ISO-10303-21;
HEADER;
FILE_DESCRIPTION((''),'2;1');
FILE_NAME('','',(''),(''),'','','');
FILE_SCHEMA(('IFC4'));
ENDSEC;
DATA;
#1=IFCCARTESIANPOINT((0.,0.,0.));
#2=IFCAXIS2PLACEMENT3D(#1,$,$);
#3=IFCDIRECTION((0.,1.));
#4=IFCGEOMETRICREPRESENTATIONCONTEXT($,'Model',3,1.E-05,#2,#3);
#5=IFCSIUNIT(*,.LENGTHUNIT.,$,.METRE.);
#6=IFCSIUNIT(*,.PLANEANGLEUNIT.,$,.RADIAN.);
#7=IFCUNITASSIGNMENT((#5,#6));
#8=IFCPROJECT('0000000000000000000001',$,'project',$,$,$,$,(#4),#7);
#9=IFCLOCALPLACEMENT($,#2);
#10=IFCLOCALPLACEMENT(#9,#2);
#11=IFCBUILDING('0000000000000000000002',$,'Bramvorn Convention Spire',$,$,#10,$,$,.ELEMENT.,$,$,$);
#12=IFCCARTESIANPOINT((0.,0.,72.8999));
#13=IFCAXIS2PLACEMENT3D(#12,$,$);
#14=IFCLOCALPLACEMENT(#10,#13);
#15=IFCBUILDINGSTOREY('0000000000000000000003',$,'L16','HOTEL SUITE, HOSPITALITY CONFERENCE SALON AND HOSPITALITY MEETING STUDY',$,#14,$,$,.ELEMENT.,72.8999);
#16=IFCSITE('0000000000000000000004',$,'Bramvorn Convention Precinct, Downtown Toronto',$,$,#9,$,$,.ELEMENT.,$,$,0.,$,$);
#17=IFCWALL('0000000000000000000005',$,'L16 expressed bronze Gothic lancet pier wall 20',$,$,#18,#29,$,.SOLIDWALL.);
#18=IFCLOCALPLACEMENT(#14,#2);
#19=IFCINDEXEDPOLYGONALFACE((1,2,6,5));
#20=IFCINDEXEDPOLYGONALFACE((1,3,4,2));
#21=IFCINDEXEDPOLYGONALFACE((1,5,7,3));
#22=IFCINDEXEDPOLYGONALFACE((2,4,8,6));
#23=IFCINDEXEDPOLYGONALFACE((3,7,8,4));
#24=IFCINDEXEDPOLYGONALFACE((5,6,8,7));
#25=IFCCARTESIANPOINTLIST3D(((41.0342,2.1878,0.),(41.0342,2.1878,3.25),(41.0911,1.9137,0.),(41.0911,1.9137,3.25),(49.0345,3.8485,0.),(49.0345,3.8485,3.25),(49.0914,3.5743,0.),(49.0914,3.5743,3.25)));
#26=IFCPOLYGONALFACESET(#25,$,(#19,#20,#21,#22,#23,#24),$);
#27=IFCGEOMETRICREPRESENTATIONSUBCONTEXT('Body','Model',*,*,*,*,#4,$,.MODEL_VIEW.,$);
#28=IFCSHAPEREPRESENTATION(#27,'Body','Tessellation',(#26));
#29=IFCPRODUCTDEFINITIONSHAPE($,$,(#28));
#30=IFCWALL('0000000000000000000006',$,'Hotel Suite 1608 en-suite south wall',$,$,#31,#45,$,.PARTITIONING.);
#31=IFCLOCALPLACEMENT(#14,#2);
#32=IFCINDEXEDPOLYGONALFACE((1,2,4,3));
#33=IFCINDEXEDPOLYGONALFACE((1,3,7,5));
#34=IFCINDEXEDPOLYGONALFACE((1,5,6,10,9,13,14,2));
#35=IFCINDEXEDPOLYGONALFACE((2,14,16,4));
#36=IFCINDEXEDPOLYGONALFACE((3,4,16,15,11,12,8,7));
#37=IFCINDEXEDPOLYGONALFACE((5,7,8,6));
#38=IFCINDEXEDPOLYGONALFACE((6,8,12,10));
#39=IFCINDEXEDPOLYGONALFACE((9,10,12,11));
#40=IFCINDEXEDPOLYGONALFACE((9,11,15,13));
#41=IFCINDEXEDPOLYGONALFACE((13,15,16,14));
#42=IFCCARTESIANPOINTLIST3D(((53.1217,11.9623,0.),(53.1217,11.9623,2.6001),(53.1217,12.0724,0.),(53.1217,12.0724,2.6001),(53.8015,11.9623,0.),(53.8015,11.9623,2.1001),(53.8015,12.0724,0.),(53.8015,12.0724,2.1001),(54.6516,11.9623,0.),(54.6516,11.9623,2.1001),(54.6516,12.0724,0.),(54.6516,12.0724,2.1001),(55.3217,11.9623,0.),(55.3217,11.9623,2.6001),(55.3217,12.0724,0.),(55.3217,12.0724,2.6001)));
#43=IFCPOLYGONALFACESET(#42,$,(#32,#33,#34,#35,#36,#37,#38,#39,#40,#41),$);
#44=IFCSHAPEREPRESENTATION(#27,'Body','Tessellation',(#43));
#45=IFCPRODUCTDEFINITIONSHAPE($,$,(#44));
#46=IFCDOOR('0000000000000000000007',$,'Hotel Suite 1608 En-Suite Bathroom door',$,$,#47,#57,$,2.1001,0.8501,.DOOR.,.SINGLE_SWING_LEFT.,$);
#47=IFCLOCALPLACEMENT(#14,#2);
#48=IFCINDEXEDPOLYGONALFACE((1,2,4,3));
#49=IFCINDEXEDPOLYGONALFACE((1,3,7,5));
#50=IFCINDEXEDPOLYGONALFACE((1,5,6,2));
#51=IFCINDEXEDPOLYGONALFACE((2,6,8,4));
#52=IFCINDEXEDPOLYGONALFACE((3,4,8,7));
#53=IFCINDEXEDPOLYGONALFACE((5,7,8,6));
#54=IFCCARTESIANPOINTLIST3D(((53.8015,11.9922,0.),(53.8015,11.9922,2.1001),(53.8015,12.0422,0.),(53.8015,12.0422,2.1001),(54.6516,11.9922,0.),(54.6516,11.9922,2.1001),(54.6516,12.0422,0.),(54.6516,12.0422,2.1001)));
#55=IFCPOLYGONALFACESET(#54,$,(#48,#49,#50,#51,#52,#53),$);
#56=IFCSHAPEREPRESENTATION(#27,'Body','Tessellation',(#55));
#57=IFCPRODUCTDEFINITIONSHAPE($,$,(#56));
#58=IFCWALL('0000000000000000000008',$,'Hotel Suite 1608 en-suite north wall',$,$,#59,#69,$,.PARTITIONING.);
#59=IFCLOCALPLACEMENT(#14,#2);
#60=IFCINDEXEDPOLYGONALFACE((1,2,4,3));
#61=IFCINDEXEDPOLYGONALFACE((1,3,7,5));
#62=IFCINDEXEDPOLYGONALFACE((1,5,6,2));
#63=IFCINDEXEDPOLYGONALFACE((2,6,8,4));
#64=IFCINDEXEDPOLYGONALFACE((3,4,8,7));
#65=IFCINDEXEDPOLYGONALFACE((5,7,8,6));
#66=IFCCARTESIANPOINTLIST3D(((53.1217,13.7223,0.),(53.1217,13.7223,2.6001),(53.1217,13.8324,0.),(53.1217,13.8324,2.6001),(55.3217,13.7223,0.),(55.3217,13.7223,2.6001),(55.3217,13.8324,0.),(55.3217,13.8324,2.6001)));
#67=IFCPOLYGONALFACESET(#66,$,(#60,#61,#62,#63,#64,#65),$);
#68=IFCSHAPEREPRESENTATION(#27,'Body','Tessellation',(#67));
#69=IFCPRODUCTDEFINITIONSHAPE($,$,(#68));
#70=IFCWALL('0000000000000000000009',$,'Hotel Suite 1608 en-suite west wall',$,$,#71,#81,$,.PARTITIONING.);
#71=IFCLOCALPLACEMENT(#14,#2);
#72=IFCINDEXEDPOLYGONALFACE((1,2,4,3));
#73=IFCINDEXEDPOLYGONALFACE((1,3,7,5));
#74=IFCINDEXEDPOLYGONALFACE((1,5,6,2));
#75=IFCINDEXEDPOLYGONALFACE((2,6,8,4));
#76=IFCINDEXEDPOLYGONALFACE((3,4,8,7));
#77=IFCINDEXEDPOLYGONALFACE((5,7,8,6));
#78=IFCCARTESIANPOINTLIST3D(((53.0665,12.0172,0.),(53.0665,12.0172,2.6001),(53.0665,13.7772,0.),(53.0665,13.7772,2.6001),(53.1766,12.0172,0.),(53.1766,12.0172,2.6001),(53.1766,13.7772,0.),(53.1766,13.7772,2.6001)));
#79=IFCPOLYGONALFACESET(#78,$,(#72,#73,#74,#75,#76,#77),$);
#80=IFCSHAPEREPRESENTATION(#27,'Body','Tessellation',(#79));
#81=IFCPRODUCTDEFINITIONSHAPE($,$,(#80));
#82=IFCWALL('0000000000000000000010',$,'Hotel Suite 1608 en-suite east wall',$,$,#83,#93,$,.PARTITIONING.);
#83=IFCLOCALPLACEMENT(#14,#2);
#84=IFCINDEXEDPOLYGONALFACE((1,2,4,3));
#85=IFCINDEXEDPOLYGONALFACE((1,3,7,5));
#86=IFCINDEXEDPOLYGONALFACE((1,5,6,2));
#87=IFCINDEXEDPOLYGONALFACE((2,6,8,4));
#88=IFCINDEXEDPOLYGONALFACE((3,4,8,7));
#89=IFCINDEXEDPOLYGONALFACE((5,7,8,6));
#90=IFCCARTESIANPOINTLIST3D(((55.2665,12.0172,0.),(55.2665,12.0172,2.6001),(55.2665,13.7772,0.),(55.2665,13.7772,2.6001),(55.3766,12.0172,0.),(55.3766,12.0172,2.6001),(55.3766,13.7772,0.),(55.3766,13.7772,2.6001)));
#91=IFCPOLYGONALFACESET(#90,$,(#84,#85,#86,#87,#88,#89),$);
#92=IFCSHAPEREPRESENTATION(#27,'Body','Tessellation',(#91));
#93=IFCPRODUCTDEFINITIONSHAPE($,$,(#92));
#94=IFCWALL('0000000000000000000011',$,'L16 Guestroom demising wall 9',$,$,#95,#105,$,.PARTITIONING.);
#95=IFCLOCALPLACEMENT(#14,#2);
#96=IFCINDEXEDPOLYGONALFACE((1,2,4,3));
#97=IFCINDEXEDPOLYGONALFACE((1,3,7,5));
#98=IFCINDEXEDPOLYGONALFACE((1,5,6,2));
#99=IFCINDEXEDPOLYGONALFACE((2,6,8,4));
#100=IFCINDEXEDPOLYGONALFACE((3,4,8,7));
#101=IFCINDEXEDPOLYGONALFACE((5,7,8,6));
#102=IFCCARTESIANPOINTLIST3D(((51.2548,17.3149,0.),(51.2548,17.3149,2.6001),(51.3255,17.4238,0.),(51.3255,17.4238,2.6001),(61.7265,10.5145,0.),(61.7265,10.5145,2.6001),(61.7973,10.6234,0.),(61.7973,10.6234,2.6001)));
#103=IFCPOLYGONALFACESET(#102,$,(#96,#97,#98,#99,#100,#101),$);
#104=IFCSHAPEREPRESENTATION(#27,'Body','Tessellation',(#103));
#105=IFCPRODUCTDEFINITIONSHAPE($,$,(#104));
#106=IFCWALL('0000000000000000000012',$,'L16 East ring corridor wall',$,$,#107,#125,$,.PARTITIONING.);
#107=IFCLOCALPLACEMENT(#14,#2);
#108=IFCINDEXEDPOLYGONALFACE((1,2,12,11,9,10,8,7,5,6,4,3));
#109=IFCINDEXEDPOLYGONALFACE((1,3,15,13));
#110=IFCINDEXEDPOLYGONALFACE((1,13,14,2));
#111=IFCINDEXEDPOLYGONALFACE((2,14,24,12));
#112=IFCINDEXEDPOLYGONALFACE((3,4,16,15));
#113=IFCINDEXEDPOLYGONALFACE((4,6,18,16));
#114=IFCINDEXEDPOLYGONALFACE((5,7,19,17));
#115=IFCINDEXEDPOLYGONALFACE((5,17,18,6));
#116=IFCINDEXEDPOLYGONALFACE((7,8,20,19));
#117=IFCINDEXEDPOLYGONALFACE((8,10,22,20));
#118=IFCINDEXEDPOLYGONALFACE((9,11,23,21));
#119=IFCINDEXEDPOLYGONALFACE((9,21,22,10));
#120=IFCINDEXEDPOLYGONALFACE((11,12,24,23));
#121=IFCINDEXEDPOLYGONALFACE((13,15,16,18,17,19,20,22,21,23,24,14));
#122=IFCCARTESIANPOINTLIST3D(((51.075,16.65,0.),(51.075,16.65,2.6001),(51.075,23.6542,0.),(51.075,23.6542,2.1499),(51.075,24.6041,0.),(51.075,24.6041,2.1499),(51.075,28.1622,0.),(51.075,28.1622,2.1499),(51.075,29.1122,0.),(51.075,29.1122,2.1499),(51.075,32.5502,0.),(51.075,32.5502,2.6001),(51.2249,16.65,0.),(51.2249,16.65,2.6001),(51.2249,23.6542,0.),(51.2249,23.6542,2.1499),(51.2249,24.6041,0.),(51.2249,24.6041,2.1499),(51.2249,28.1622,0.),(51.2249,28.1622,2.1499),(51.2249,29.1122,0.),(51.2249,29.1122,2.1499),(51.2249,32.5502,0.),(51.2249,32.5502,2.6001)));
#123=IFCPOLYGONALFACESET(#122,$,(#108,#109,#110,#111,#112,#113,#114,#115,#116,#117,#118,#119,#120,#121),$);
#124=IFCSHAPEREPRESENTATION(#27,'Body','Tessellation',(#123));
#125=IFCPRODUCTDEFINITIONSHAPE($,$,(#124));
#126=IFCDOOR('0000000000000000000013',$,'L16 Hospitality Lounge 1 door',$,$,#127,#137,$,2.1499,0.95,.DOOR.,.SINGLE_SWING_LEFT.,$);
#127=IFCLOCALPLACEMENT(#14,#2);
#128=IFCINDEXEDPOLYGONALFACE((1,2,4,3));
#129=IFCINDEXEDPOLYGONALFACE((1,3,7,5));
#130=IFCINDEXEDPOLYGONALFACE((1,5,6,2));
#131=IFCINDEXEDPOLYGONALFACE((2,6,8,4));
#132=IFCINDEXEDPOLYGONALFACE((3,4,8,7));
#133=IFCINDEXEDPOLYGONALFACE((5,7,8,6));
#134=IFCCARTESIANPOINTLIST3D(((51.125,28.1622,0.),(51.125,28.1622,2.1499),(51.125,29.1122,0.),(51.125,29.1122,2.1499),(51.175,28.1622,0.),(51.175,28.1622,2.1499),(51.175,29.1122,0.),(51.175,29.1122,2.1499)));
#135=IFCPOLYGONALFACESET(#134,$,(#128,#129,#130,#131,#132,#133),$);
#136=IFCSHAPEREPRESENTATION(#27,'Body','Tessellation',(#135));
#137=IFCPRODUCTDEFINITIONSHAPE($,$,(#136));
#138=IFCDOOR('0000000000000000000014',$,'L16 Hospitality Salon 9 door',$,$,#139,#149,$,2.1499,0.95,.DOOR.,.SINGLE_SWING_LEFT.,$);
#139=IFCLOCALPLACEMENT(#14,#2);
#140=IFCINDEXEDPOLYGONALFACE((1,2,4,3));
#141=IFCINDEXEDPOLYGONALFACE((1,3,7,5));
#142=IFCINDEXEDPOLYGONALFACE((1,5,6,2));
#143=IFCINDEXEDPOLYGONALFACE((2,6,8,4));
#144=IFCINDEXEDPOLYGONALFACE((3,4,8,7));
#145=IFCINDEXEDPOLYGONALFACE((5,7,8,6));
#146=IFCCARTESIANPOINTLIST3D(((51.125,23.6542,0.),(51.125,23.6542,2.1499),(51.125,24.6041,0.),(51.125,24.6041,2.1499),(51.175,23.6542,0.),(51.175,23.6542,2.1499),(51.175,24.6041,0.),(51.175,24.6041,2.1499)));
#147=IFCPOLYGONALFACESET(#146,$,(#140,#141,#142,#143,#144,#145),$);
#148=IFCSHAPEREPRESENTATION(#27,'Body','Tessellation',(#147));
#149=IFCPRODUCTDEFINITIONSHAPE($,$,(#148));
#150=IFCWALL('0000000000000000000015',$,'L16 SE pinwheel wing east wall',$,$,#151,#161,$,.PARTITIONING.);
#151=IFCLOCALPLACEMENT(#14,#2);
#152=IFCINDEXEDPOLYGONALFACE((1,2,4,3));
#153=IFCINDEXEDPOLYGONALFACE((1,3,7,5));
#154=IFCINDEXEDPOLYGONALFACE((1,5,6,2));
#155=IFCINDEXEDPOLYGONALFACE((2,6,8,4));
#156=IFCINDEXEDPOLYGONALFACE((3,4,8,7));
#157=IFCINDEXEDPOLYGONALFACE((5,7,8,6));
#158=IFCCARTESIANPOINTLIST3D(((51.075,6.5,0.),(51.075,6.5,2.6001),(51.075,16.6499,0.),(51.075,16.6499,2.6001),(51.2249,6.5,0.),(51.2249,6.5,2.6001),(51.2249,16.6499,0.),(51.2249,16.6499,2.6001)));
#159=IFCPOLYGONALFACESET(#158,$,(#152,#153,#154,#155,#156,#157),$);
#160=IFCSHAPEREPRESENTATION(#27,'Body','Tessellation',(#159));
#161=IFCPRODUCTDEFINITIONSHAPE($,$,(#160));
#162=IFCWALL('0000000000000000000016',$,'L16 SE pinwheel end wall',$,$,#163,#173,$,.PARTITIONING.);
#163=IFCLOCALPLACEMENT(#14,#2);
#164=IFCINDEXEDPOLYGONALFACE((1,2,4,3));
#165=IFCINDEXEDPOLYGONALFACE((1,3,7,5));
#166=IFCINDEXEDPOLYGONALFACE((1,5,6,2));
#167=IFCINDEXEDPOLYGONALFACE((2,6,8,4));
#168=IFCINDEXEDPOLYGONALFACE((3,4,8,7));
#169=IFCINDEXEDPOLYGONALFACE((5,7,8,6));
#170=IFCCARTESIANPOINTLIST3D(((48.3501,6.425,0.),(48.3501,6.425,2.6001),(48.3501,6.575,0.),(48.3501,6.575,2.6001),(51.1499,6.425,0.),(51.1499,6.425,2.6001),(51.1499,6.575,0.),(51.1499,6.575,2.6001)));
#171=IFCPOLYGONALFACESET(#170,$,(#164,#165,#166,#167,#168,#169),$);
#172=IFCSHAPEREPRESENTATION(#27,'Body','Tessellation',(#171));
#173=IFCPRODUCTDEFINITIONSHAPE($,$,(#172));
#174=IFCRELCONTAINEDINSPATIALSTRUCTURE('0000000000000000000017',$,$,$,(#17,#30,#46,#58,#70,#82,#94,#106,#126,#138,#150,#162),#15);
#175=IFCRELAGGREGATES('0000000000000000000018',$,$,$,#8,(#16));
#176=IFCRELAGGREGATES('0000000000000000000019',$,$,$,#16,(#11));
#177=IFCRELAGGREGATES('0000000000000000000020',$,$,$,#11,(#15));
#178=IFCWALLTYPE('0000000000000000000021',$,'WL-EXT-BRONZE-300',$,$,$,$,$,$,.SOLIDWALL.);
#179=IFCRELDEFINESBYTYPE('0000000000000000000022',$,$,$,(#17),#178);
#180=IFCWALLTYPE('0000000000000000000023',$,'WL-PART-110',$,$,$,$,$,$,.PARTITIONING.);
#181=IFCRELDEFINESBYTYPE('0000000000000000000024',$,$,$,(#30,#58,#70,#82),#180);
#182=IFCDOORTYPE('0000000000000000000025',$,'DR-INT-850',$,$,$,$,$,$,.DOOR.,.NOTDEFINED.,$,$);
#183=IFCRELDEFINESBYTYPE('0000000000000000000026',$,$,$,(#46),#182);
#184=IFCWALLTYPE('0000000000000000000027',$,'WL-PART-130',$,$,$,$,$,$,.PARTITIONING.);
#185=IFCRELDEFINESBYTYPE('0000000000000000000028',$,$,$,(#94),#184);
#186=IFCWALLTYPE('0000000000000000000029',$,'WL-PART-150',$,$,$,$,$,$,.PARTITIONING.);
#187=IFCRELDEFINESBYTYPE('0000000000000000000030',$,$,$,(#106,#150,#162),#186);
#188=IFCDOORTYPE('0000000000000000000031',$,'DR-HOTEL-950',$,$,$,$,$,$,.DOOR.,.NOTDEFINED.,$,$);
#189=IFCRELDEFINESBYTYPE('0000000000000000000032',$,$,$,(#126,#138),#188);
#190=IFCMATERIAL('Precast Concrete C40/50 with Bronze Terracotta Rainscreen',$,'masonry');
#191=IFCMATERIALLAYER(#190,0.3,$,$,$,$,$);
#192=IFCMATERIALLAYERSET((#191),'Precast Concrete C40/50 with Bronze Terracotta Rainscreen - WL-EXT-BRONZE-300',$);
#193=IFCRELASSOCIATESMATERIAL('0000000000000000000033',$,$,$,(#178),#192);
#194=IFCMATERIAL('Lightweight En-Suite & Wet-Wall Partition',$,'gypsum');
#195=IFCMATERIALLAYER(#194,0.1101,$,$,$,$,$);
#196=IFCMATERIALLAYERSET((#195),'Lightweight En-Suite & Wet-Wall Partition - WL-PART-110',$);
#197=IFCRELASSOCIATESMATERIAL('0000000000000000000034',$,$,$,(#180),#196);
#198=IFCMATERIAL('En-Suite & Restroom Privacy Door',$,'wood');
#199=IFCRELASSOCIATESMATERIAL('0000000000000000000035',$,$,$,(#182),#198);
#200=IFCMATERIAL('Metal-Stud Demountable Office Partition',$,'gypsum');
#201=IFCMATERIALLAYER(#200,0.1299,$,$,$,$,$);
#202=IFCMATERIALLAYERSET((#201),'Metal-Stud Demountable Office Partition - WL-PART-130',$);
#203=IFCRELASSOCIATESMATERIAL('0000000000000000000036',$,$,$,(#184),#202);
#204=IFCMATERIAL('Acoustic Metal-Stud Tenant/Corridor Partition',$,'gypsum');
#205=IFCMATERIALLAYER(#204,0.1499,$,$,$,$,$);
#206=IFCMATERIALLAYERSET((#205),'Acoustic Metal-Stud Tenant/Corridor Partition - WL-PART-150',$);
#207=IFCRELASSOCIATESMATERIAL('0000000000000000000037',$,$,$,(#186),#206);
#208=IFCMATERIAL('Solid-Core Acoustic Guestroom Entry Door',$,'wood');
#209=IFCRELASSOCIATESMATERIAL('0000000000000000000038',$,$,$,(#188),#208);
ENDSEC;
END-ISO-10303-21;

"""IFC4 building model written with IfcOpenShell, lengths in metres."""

from ifc_helpers import new_model, si_unit, direction, frame, frame_2d, origin, place, context, subcontext, project, spatial, rectangle, extrude, material, layer, layer_set, type_object, element, fill, save


model = new_model("IFC4")

# Units and contexts
model_context = context("Model", 3, precision=1e-05, world=origin(), true_north=direction((0.0, 1.0)))
body_context = subcontext(model_context, "Body", "Model", "MODEL_VIEW")
ifc_project = project(units=[si_unit("LENGTHUNIT", "METRE"), si_unit("PLANEANGLEUNIT", "RADIAN")], contexts=[model_context])

# Site, building, storey
site_placement = place(None, origin())
site = spatial("IfcSite", under=ifc_project, at=site_placement, Name="Bramvorn Convention Precinct, Downtown Toronto", CompositionType="ELEMENT", RefElevation=0.0)
building_placement = place(site_placement, origin())
building = spatial("IfcBuilding", under=site, at=building_placement, Name="Bramvorn Convention Spire", CompositionType="ELEMENT")
storey_placement = place(building_placement, frame((0.0, 0.0, 72.8999)))
storey = spatial("IfcBuildingStorey", under=building, at=storey_placement, Name="L16", Description="HOTEL SUITE, HOSPITALITY CONFERENCE SALON AND HOSPITALITY MEETING STUDY", CompositionType="ELEMENT", Elevation=72.8999)

# Wall
ifc_material_1 = material(Name="Precast Concrete C40/50 with Bronze Terracotta Rainscreen", Category="masonry")
ifc_layer_1 = layer(ifc_material_1, 0.3)
ifc_layer_set_1 = layer_set([ifc_layer_1], Name="Precast Concrete C40/50 with Bronze Terracotta Rainscreen - WL-EXT-BRONZE-300")
wall_type_1 = type_object("IfcWallType", Name="WL-EXT-BRONZE-300", PredefinedType="SOLIDWALL", material=ifc_layer_set_1)
wall_1_placement = place(storey_placement, frame((49.063, 3.7114, 0.0), z_axis=(0.0, 0.0, 1.0), x_axis=(-0.979129, -0.203242, 0.0)))
element("IfcWall", 1, at=wall_1_placement, inside=storey, type_object=wall_type_1, Name="L16 expressed bronze Gothic lancet pier wall 20", PredefinedType="SOLIDWALL", context=body_context, shape_type="SweptSolid", body=[
    extrude(rectangle(XDim=8.1709, YDim=0.28, at=frame_2d((4.0854, 0.0))), origin(), (0.0, 0.0, 1.0), 3.25),
])

# Wall, opening, door
ifc_material_2 = material(Name="Lightweight En-Suite & Wet-Wall Partition", Category="gypsum")
ifc_layer_2 = layer(ifc_material_2, 0.1101)
ifc_layer_set_2 = layer_set([ifc_layer_2], Name="Lightweight En-Suite & Wet-Wall Partition - WL-PART-110")
wall_type_2 = type_object("IfcWallType", Name="WL-PART-110", PredefinedType="PARTITIONING", material=ifc_layer_set_2)
wall_2_placement = place(storey_placement, frame((53.1216, 12.0173, 0.0), z_axis=(0.0, 0.0, 1.0), x_axis=(1.0, 0.0, 0.0)))
wall_2 = element("IfcWall", 2, at=wall_2_placement, inside=storey, type_object=wall_type_2, Name="Hotel Suite 1608 en-suite south wall", PredefinedType="PARTITIONING", context=body_context, shape_type="SweptSolid", body=[
    extrude(rectangle(XDim=2.2, YDim=0.1101, at=frame_2d((1.1001, 0.0))), origin(), (0.0, 0.0, 1.0), 2.6001),
])
opening_1_placement = place(wall_2_placement, frame((0.6799, 0.0, 0.0)))
opening_1 = element("IfcOpeningElement", 3, at=opening_1_placement, cuts=wall_2, PredefinedType="OPENING", context=body_context, shape_type="SweptSolid", body=[
    extrude(rectangle(XDim=0.8501, YDim=2.1001, at=frame_2d((0.425, 1.05))), frame((0.0, 0.0649, 0.0), z_axis=(0.0, -1.0, 0.0), x_axis=(1.0, 0.0, 0.0)), (0.0, 0.0, 1.0), 0.1301),
])
ifc_material_3 = material(Name="En-Suite & Restroom Privacy Door", Category="wood")
door_type_1 = type_object("IfcDoorType", Name="DR-INT-850", OperationType="NOTDEFINED", PredefinedType="DOOR", material=ifc_material_3)
door_1_placement = place(opening_1_placement, origin())
door_1 = element("IfcDoor", 4, at=door_1_placement, inside=storey, type_object=door_type_1, Name="Hotel Suite 1608 En-Suite Bathroom door", OperationType="SINGLE_SWING_LEFT", OverallHeight=2.1001, OverallWidth=0.8501, PredefinedType="DOOR", context=body_context, shape_type="SweptSolid", body=[
    extrude(rectangle(XDim=0.8501, YDim=2.1001, at=frame_2d((0.425, 1.05))), frame((0.0, 0.0249, 0.0), z_axis=(0.0, -1.0, 0.0), x_axis=(1.0, 0.0, 0.0)), (0.0, 0.0, 1.0), 0.05),
])
fill(opening_1, door_1)

# Walls
wall_3_placement = place(storey_placement, frame((53.1216, 13.7773, 0.0), z_axis=(0.0, 0.0, 1.0), x_axis=(1.0, 0.0, 0.0)))
element("IfcWall", 5, at=wall_3_placement, inside=storey, type_object=wall_type_2, Name="Hotel Suite 1608 en-suite north wall", PredefinedType="PARTITIONING", context=body_context, shape_type="SweptSolid", body=[
    extrude(rectangle(XDim=2.2, YDim=0.1101, at=frame_2d((1.1001, 0.0))), origin(), (0.0, 0.0, 1.0), 2.6001),
])
for number, where, z_axis, x_axis, name in (
    (6, (53.1216, 12.0173, 0.0), (0.0, 0.0, 1.0), (0.0, 1.0, 0.0), "Hotel Suite 1608 en-suite west wall"),
    (7, (55.3215, 12.0173, 0.0), (0.0, 0.0, 1.0), (0.0, 1.0, 0.0), "Hotel Suite 1608 en-suite east wall"),
):
    element("IfcWall", number, at=place(storey_placement, frame(where, z_axis=z_axis, x_axis=x_axis)), inside=storey, type_object=wall_type_2, Name=name, PredefinedType="PARTITIONING", context=body_context, shape_type="SweptSolid", body=[
        extrude(rectangle(XDim=1.76, YDim=0.1101, at=frame_2d((0.8799, 0.0))), origin(), (0.0, 0.0, 1.0), 2.6001),
    ])
ifc_material_4 = material(Name="Metal-Stud Demountable Office Partition", Category="gypsum")
ifc_layer_3 = layer(ifc_material_4, 0.1299)
ifc_layer_set_3 = layer_set([ifc_layer_3], Name="Metal-Stud Demountable Office Partition - WL-PART-130")
wall_type_3 = type_object("IfcWallType", Name="WL-PART-130", PredefinedType="PARTITIONING", material=ifc_layer_set_3)
wall_4_placement = place(storey_placement, frame((51.29, 17.3694, 0.0), z_axis=(0.0, 0.0, 1.0), x_axis=(0.838674, -0.544634, 0.0)))
element("IfcWall", 8, at=wall_4_placement, inside=storey, type_object=wall_type_3, Name="L16 Guestroom demising wall 9", PredefinedType="PARTITIONING", context=body_context, shape_type="SweptSolid", body=[
    extrude(rectangle(XDim=12.4861, YDim=0.1299, at=frame_2d((6.2432, 0.0))), origin(), (0.0, 0.0, 1.0), 2.6001),
])

# Wall, openings, doors
ifc_material_5 = material(Name="Acoustic Metal-Stud Tenant/Corridor Partition", Category="gypsum")
ifc_layer_4 = layer(ifc_material_5, 0.1499)
ifc_layer_set_4 = layer_set([ifc_layer_4], Name="Acoustic Metal-Stud Tenant/Corridor Partition - WL-PART-150")
wall_type_4 = type_object("IfcWallType", Name="WL-PART-150", PredefinedType="PARTITIONING", material=ifc_layer_set_4)
wall_5_placement = place(storey_placement, frame((51.1499, 16.6499, 0.0), z_axis=(0.0, 0.0, 1.0), x_axis=(0.0, 1.0, 0.0)))
wall_5 = element("IfcWall", 9, at=wall_5_placement, inside=storey, type_object=wall_type_4, Name="L16 East ring corridor wall", PredefinedType="PARTITIONING", context=body_context, shape_type="SweptSolid", body=[
    extrude(rectangle(XDim=15.9001, YDim=0.1499, at=frame_2d((7.9502, 0.0))), origin(), (0.0, 0.0, 1.0), 2.6001),
])
opening_2_placement = place(wall_5_placement, frame((11.5122, 0.0, 0.0)))
opening_2 = element("IfcOpeningElement", 10, at=opening_2_placement, cuts=wall_5, PredefinedType="OPENING", context=body_context, shape_type="SweptSolid", body=[
    extrude(rectangle(XDim=0.95, YDim=2.1499, at=frame_2d((0.4751, 1.075))), frame((0.0, 0.085, 0.0), z_axis=(0.0, -1.0, 0.0), x_axis=(1.0, 0.0, 0.0)), (0.0, 0.0, 1.0), 0.1699),
])
opening_3_placement = place(wall_5_placement, frame((7.0042, 0.0, 0.0)))
opening_3 = element("IfcOpeningElement", 11, at=opening_3_placement, cuts=wall_5, PredefinedType="OPENING", context=body_context, shape_type="SweptSolid", body=[
    extrude(rectangle(XDim=0.95, YDim=2.1499, at=frame_2d((0.4751, 1.075))), frame((0.0, 0.085, 0.0), z_axis=(0.0, -1.0, 0.0), x_axis=(1.0, 0.0, 0.0)), (0.0, 0.0, 1.0), 0.1699),
])
ifc_material_6 = material(Name="Solid-Core Acoustic Guestroom Entry Door", Category="wood")
door_type_2 = type_object("IfcDoorType", Name="DR-HOTEL-950", OperationType="NOTDEFINED", PredefinedType="DOOR", material=ifc_material_6)
door_2_placement = place(opening_2_placement, origin())
door_2 = element("IfcDoor", 12, at=door_2_placement, inside=storey, type_object=door_type_2, Name="L16 Hospitality Lounge 1 door", OperationType="SINGLE_SWING_LEFT", OverallHeight=2.1499, OverallWidth=0.95, PredefinedType="DOOR", context=body_context, shape_type="SweptSolid", body=[
    extrude(rectangle(XDim=0.95, YDim=2.1499, at=frame_2d((0.4751, 1.075))), frame((0.0, 0.0249, 0.0), z_axis=(0.0, -1.0, 0.0), x_axis=(1.0, 0.0, 0.0)), (0.0, 0.0, 1.0), 0.05),
])
fill(opening_2, door_2)
door_3_placement = place(opening_3_placement, origin())
door_3 = element("IfcDoor", 13, at=door_3_placement, inside=storey, type_object=door_type_2, Name="L16 Hospitality Salon 9 door", OperationType="SINGLE_SWING_LEFT", OverallHeight=2.1499, OverallWidth=0.95, PredefinedType="DOOR", context=body_context, shape_type="SweptSolid", body=[
    extrude(rectangle(XDim=0.95, YDim=2.1499, at=frame_2d((0.4751, 1.075))), frame((0.0, 0.0249, 0.0), z_axis=(0.0, -1.0, 0.0), x_axis=(1.0, 0.0, 0.0)), (0.0, 0.0, 1.0), 0.05),
])
fill(opening_3, door_3)

# Walls
wall_6_placement = place(storey_placement, frame((51.1499, 6.5, 0.0), z_axis=(0.0, 0.0, 1.0), x_axis=(0.0, 1.0, 0.0)))
element("IfcWall", 14, at=wall_6_placement, inside=storey, type_object=wall_type_4, Name="L16 SE pinwheel wing east wall", PredefinedType="PARTITIONING", context=body_context, shape_type="SweptSolid", body=[
    extrude(rectangle(XDim=10.1499, YDim=0.1499, at=frame_2d((5.075, 0.0))), origin(), (0.0, 0.0, 1.0), 2.6001),
])
wall_7_placement = place(storey_placement, frame((48.3501, 6.5, 0.0), z_axis=(0.0, 0.0, 1.0), x_axis=(1.0, 0.0, 0.0)))
element("IfcWall", 15, at=wall_7_placement, inside=storey, type_object=wall_type_4, Name="L16 SE pinwheel end wall", PredefinedType="PARTITIONING", context=body_context, shape_type="SweptSolid", body=[
    extrude(rectangle(XDim=2.7998, YDim=0.1499, at=frame_2d((1.3999, 0.0))), origin(), (0.0, 0.0, 1.0), 2.6001),
])

save(model, "model.ifc")
